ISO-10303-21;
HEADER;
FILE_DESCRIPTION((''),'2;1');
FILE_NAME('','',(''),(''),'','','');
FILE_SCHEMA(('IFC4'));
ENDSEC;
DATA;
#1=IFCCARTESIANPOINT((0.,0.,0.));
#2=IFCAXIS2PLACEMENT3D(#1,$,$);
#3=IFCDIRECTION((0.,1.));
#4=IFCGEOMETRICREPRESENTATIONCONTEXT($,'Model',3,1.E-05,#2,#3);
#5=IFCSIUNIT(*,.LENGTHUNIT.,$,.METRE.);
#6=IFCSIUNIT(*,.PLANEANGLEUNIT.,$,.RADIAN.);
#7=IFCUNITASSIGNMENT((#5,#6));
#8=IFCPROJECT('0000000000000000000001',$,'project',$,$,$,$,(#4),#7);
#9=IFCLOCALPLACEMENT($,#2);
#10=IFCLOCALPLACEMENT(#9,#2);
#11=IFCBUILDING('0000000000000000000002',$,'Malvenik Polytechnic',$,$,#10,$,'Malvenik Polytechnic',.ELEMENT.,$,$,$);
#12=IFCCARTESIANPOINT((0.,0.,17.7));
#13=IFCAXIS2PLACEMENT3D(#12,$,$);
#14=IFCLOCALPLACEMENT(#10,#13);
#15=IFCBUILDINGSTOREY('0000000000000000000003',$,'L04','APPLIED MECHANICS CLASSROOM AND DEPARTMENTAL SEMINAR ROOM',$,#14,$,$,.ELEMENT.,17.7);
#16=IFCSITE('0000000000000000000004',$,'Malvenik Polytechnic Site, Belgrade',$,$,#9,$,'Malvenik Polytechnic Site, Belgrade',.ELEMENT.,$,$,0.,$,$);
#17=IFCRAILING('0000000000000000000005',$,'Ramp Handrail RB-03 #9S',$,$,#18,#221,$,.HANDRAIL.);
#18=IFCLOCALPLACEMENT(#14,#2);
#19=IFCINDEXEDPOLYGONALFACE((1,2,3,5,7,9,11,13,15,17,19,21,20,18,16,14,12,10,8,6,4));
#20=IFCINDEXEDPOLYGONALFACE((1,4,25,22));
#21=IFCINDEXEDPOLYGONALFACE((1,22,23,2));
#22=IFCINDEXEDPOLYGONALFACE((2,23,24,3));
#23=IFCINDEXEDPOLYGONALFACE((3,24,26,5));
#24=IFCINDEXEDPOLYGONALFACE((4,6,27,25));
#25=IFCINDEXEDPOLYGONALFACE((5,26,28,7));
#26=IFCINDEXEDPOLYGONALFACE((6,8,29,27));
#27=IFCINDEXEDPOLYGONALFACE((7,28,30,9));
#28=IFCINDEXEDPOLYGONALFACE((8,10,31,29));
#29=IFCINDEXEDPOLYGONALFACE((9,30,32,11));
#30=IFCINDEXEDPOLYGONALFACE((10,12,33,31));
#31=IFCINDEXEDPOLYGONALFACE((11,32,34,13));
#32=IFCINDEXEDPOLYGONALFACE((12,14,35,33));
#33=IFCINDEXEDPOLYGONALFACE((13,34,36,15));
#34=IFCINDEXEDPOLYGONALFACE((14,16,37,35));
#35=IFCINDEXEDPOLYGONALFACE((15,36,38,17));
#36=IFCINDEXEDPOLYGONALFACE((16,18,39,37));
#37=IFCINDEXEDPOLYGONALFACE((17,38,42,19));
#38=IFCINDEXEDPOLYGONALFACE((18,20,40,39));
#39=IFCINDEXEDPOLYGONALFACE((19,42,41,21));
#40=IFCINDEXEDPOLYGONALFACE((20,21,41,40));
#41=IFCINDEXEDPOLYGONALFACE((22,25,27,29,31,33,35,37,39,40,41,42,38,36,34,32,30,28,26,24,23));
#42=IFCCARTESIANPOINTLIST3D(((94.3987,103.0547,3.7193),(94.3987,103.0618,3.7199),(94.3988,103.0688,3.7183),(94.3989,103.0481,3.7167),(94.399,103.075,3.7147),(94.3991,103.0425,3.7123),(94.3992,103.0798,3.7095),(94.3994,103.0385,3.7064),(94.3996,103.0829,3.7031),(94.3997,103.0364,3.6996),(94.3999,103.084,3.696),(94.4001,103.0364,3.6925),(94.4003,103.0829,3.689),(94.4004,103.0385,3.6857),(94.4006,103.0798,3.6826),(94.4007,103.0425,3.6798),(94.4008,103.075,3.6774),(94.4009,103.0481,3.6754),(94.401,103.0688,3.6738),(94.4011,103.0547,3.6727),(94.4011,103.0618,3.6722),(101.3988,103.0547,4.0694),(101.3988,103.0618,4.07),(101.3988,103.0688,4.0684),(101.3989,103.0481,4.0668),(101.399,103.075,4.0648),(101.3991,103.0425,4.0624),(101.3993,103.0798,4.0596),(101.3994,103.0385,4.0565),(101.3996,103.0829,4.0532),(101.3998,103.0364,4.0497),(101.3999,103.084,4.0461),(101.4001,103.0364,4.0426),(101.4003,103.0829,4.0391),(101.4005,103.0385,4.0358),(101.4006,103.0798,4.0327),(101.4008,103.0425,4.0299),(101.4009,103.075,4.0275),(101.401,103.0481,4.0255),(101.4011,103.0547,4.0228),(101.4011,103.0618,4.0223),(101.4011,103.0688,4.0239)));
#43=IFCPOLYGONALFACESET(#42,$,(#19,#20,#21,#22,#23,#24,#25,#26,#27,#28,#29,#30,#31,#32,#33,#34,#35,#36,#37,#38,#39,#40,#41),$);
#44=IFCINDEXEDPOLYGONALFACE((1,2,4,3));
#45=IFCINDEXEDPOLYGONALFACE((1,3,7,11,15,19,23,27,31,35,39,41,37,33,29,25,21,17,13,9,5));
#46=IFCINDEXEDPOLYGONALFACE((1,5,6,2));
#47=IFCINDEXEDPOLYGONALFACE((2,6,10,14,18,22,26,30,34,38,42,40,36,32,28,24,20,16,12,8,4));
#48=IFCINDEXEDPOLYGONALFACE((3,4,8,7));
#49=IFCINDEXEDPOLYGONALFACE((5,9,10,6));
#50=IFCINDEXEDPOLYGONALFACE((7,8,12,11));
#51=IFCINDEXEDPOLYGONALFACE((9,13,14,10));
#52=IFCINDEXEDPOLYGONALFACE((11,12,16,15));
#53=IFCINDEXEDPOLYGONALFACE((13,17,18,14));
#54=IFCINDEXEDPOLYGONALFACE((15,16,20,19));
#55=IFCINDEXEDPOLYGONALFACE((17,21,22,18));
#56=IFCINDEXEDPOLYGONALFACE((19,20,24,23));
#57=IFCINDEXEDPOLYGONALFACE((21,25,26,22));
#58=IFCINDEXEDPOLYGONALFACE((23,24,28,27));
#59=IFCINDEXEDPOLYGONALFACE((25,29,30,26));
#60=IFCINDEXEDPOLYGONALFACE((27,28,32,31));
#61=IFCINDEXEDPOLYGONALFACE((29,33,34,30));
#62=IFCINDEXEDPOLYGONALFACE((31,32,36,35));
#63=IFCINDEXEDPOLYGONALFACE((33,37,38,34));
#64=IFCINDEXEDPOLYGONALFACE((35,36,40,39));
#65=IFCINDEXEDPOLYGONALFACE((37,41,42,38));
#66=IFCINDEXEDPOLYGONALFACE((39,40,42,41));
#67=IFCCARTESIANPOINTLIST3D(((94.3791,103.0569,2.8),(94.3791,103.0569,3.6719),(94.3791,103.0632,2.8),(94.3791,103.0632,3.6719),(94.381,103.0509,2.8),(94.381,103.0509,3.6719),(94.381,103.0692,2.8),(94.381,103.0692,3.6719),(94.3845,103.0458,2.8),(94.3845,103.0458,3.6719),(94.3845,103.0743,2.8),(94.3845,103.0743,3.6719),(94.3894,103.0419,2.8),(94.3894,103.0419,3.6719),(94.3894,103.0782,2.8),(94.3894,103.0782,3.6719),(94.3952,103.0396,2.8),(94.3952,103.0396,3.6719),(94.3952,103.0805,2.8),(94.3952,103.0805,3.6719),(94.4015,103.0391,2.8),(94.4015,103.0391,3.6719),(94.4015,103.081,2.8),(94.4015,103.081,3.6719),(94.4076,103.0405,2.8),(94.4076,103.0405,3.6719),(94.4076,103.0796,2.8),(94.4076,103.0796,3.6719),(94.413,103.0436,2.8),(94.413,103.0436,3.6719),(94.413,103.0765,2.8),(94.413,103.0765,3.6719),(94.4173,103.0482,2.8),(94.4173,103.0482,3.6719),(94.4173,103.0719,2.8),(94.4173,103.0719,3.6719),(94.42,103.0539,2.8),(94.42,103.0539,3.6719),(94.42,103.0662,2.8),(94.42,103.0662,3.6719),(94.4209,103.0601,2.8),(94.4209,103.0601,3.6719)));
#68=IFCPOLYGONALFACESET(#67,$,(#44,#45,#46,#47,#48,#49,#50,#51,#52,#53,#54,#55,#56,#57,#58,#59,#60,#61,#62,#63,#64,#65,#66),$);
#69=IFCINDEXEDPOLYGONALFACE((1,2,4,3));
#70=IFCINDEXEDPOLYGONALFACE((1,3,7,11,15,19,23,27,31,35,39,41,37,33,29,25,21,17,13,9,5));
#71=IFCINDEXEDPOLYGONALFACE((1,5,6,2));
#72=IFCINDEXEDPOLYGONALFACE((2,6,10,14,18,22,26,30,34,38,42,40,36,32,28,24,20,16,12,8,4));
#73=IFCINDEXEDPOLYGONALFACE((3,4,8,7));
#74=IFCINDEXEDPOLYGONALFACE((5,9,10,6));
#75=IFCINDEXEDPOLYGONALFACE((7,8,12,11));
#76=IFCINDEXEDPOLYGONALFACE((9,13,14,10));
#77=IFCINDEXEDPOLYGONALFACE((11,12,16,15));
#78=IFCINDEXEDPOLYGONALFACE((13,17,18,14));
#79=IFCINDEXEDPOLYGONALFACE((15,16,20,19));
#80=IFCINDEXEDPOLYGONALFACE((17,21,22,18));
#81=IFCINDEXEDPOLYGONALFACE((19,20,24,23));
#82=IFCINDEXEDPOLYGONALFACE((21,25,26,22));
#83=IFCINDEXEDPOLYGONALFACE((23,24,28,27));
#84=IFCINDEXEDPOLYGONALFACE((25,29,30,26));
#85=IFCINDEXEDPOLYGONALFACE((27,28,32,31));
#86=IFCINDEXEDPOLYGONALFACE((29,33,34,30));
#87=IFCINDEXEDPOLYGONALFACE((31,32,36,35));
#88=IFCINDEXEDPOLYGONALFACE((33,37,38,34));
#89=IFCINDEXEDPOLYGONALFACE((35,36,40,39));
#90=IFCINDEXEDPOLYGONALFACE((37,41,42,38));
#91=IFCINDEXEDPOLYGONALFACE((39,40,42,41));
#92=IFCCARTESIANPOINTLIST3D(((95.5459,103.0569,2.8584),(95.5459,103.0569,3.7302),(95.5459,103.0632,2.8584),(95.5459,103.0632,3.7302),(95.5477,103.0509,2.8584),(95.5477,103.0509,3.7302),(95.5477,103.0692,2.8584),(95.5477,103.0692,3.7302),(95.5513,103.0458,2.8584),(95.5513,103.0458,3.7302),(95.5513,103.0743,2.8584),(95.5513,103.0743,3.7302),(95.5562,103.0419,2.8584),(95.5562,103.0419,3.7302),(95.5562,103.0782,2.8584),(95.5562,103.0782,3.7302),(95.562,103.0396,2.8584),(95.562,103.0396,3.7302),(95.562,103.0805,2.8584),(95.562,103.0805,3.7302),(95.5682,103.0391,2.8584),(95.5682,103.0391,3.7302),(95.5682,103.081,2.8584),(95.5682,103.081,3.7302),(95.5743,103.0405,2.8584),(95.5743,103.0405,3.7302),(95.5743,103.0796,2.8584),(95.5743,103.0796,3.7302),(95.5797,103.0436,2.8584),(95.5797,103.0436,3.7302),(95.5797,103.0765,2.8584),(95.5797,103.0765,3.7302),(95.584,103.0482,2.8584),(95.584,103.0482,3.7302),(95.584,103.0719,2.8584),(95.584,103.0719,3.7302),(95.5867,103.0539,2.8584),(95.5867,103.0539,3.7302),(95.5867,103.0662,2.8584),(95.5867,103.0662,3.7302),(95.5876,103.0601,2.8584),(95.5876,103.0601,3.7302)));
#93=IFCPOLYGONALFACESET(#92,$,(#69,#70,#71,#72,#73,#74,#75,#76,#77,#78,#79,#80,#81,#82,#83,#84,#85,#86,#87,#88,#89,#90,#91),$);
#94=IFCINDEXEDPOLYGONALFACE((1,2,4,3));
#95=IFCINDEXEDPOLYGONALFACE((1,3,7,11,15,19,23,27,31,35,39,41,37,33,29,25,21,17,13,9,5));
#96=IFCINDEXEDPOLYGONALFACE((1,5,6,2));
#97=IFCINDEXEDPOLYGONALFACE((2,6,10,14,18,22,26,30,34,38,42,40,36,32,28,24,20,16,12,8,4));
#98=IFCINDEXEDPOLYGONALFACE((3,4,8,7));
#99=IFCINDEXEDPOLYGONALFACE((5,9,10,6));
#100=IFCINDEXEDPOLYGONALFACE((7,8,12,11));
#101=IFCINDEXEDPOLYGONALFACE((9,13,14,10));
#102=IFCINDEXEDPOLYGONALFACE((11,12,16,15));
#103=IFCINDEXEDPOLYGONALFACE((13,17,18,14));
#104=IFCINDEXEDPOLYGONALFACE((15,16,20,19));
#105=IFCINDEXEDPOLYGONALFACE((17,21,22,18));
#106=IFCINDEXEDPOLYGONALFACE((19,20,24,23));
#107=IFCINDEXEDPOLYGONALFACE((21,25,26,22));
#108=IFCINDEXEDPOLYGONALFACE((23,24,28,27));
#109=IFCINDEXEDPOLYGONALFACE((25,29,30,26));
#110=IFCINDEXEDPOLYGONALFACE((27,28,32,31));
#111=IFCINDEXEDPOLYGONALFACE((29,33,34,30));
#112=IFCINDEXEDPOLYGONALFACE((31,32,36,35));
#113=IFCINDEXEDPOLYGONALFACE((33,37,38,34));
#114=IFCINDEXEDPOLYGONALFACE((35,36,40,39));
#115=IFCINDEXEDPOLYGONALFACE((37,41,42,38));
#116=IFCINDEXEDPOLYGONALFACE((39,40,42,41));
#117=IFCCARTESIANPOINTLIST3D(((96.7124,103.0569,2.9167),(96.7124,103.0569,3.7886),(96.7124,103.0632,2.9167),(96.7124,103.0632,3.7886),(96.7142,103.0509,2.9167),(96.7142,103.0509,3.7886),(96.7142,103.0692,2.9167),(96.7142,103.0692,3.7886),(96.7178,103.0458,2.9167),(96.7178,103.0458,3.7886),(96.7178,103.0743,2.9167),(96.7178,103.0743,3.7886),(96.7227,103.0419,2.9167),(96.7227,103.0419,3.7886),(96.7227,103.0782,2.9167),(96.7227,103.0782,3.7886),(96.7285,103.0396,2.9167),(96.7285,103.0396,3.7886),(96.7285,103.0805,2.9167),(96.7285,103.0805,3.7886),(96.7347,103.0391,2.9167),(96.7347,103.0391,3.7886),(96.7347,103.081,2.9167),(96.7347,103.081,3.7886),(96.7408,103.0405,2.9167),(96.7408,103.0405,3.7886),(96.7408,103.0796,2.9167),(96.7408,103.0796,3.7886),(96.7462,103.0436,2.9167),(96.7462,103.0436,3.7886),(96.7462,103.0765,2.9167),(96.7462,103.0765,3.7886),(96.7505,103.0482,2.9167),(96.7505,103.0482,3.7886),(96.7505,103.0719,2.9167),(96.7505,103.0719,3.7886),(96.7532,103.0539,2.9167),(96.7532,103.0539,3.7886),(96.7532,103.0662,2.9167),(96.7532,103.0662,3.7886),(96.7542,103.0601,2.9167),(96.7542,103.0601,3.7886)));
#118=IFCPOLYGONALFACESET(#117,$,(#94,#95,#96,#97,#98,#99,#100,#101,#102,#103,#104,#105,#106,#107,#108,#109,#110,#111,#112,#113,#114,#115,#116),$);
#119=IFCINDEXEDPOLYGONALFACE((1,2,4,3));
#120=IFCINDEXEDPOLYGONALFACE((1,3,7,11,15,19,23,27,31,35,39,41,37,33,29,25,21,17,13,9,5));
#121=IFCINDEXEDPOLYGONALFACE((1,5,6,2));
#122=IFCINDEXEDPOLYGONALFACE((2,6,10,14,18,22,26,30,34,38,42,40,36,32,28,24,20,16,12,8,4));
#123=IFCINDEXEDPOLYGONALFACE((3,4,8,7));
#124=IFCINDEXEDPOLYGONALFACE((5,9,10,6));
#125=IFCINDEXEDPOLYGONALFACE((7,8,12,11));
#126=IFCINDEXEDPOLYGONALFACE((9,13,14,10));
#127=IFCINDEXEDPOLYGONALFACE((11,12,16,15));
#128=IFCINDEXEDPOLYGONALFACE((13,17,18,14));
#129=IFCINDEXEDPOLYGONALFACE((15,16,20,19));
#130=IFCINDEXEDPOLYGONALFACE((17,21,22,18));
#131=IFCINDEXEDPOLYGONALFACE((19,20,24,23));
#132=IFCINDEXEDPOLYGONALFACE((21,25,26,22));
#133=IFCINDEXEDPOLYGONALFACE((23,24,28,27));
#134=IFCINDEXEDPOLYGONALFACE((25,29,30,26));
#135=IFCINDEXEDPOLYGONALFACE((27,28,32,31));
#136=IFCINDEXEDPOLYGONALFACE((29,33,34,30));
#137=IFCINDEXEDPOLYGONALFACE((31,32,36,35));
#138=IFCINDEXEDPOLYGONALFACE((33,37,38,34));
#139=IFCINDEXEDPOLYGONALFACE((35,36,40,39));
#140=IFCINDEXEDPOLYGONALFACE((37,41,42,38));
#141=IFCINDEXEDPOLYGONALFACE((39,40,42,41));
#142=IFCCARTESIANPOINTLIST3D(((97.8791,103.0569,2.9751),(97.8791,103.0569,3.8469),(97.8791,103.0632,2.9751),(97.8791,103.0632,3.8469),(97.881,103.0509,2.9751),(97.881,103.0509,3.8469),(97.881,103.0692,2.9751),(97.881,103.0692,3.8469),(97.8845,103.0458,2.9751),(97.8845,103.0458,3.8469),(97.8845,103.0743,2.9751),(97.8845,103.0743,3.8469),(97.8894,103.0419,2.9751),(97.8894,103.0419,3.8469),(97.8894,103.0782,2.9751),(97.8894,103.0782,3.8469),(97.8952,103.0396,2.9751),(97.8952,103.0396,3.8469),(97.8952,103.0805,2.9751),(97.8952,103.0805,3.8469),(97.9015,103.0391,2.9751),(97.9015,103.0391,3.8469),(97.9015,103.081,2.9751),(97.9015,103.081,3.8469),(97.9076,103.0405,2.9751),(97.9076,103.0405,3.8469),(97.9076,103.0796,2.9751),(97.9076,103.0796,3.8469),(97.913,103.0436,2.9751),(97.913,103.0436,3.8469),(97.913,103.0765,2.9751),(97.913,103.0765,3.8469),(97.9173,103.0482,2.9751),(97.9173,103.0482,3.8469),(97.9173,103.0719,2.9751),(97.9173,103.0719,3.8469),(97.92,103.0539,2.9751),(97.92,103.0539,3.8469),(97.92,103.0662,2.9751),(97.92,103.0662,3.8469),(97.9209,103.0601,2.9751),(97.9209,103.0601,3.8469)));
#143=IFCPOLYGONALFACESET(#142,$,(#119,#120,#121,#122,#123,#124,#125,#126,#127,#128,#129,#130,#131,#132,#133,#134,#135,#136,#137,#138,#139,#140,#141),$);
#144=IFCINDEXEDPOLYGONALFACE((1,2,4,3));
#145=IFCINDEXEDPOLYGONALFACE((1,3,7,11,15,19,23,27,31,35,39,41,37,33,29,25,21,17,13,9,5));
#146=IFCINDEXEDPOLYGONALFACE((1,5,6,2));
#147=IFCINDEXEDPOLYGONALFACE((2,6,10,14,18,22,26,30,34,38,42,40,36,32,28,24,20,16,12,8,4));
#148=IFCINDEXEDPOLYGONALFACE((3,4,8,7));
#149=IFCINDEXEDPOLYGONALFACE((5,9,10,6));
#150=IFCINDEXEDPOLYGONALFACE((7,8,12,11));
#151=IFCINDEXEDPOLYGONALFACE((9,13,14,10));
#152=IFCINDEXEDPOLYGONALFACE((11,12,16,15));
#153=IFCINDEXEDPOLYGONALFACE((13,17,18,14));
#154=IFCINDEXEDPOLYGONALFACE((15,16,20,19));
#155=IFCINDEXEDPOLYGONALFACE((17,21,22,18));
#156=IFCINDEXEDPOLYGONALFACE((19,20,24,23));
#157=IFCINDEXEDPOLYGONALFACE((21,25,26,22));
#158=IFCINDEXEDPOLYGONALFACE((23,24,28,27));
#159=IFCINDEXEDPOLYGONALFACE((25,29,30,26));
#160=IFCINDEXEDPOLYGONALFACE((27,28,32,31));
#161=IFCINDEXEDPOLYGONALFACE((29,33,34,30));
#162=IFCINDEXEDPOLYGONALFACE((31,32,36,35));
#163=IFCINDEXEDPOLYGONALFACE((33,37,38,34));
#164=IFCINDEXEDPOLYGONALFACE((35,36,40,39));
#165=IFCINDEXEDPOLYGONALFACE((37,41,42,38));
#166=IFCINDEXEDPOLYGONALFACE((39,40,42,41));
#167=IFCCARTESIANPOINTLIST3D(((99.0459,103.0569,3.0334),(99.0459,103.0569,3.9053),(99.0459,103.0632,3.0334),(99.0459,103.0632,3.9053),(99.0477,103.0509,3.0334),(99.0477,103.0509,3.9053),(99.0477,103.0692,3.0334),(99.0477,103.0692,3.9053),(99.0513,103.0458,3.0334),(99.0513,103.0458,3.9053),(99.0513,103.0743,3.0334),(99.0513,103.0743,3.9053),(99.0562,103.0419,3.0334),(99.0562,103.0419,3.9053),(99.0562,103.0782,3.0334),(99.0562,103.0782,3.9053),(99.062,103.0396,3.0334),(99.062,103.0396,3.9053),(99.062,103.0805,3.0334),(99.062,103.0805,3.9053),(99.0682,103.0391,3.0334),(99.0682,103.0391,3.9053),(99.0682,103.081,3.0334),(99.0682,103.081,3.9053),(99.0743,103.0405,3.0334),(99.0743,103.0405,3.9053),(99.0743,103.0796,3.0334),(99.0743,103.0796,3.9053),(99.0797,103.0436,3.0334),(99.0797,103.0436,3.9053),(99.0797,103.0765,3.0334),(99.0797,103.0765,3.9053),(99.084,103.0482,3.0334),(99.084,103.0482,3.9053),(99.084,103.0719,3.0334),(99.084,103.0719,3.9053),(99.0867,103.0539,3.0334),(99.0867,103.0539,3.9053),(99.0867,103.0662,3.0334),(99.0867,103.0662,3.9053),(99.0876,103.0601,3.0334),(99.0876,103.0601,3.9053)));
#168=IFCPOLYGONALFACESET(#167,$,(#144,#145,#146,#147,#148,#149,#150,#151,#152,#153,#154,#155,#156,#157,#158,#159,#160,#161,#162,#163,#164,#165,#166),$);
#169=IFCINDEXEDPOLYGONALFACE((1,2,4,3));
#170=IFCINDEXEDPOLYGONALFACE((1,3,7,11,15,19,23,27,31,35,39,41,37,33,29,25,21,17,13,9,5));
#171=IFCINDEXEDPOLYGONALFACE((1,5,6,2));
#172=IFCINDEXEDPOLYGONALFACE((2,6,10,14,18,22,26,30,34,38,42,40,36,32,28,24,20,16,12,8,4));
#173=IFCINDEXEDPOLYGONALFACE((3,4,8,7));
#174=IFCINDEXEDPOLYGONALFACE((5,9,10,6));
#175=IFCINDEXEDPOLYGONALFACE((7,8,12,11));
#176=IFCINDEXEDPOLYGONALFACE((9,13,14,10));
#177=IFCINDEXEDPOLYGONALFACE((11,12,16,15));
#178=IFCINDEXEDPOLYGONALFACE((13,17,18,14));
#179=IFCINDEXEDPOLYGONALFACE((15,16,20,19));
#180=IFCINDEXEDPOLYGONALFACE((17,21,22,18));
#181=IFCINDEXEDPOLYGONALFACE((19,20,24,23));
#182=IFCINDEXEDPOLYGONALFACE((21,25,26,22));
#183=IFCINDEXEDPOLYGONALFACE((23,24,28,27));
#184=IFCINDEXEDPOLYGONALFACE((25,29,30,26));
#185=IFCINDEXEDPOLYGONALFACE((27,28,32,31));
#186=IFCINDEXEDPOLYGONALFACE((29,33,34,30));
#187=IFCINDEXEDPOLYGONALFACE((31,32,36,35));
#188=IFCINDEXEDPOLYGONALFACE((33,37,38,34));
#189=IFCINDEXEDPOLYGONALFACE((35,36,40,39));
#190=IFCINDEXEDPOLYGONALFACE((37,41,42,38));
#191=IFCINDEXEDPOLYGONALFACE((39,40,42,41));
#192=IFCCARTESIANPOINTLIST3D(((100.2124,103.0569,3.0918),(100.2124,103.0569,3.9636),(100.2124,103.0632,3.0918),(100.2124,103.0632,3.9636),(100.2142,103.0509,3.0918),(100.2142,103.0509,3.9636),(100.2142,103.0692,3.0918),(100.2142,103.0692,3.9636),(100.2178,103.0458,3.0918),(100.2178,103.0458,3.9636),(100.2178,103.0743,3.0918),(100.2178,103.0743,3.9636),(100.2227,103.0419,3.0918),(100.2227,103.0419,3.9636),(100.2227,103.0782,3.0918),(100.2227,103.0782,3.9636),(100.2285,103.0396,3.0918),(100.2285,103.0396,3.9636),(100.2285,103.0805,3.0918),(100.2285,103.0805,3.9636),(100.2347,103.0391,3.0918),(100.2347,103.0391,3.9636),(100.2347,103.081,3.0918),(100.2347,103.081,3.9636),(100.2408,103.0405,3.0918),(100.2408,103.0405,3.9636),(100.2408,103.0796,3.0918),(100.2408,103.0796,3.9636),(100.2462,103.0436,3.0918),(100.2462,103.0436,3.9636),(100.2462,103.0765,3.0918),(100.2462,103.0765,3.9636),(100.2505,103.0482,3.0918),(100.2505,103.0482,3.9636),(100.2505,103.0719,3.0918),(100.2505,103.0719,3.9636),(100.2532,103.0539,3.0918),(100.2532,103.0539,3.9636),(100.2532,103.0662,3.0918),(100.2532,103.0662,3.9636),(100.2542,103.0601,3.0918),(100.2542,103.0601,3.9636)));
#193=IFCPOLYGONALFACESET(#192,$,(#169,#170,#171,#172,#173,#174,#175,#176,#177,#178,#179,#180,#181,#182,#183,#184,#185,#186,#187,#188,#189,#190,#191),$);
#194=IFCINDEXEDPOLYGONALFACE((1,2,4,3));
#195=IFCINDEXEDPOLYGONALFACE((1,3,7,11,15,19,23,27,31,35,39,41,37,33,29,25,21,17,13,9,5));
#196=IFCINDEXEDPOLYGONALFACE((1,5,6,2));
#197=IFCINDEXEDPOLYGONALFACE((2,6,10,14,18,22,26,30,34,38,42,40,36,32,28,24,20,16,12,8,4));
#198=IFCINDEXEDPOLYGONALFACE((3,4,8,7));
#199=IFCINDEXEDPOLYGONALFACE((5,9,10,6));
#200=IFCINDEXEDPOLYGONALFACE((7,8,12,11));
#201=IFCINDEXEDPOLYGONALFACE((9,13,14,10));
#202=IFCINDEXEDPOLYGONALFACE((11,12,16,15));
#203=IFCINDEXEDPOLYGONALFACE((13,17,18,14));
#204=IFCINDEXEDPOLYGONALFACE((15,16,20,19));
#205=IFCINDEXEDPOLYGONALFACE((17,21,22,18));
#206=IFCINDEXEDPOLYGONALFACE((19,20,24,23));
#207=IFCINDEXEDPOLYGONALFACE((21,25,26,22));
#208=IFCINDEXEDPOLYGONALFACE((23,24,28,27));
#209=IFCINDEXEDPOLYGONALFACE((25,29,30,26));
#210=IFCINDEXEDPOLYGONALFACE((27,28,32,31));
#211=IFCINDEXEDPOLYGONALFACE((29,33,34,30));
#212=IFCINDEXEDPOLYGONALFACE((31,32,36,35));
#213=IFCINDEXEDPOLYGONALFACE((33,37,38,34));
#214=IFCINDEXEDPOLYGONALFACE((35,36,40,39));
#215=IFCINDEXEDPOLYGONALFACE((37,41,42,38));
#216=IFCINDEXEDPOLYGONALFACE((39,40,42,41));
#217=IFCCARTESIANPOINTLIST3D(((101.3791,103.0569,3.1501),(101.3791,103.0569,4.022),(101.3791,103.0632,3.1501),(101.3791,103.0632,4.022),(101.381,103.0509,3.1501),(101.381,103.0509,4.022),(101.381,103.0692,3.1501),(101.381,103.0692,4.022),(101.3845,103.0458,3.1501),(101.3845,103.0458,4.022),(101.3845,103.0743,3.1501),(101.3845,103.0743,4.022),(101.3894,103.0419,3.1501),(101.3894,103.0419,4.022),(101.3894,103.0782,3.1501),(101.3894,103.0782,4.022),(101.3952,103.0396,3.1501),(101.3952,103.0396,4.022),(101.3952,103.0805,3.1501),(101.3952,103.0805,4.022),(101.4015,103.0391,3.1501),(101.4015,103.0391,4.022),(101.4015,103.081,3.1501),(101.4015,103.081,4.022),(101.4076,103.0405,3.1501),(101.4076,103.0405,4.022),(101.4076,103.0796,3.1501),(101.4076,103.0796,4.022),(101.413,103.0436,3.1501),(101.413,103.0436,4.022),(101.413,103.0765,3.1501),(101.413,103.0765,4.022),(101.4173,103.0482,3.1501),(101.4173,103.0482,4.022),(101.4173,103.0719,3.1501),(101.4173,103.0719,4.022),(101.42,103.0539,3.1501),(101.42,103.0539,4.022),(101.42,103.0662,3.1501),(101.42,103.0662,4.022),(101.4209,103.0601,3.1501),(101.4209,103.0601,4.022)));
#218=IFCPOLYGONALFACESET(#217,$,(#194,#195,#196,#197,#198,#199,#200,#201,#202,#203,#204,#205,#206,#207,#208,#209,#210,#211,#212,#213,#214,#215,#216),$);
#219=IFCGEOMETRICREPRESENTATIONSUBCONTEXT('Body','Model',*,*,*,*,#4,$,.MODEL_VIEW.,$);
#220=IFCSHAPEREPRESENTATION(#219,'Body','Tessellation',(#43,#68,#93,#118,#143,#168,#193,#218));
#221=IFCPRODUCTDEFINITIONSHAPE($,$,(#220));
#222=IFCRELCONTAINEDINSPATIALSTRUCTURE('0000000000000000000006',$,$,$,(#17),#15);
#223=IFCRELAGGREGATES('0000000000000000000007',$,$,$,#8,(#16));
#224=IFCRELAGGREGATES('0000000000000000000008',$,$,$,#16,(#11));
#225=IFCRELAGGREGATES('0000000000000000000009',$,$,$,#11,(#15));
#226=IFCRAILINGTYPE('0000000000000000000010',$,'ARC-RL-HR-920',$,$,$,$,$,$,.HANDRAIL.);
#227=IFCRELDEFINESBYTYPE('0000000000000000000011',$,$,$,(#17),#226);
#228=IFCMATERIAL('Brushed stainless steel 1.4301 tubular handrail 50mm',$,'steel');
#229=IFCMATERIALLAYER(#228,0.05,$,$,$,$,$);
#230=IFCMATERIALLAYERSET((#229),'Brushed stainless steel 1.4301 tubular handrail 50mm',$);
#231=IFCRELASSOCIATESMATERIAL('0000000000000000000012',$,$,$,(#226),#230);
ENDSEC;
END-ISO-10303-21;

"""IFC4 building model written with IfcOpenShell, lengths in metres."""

from ifc_helpers import new_model, si_unit, direction, frame, origin, origin_2d, place, context, subcontext, project, spatial, circle, extrude, material, layer, layer_set, type_object, element, save


model = new_model("IFC4")

# Units and contexts
model_context = context("Model", 3, precision=1e-05, world=origin(), true_north=direction((0.0, 1.0)))
body_context = subcontext(model_context, "Body", "Model", "MODEL_VIEW")
ifc_project = project(units=[si_unit("LENGTHUNIT", "METRE"), si_unit("PLANEANGLEUNIT", "RADIAN")], contexts=[model_context])

# Site, building, storey
site_placement = place(None, origin())
site = spatial("IfcSite", under=ifc_project, at=site_placement, Name="Malvenik Polytechnic Site, Belgrade", LongName="Malvenik Polytechnic Site, Belgrade", CompositionType="ELEMENT", RefElevation=0.0)
building_placement = place(site_placement, origin())
building = spatial("IfcBuilding", under=site, at=building_placement, Name="Malvenik Polytechnic", LongName="Malvenik Polytechnic", CompositionType="ELEMENT")
storey_placement = place(building_placement, frame((0.0, 0.0, 17.7)))
storey = spatial("IfcBuildingStorey", under=building, at=storey_placement, Name="L04", Description="APPLIED MECHANICS CLASSROOM AND DEPARTMENTAL SEMINAR ROOM", CompositionType="ELEMENT", Elevation=17.7)

# Railing
ifc_material_1 = material(Name="Brushed stainless steel 1.4301 tubular handrail 50mm", Category="steel")
ifc_layer_1 = layer(ifc_material_1, 0.05)
ifc_layer_set_1 = layer_set([ifc_layer_1], Name="Brushed stainless steel 1.4301 tubular handrail 50mm")
railing_type_1 = type_object("IfcRailingType", Name="ARC-RL-HR-920", PredefinedType="HANDRAIL", material=ifc_layer_set_1)
railing_1_placement = place(storey_placement, frame((94.3999, 103.0601, 2.8)))
element("IfcRailing", 1, at=railing_1_placement, inside=storey, type_object=railing_type_1, Name="Ramp Handrail RB-03 #9S", PredefinedType="HANDRAIL", context=body_context, shape_type="SweptSolid", body=[
    extrude(circle(Radius=0.0239, at=origin_2d()), frame((0.0, 0.0, 0.896), z_axis=(0.998752, 0.0, 0.049952), x_axis=(0.0, 1.0, 0.0)), (0.0, 0.0, 1.0), 7.0088),
    extrude(circle(Radius=0.021, at=origin_2d()), origin(), (0.0, 0.0, 1.0), 0.8718),
    extrude(circle(Radius=0.021, at=origin_2d()), frame((1.1667, 0.0, 0.0583)), (0.0, 0.0, 1.0), 0.8718),
    extrude(circle(Radius=0.021, at=origin_2d()), frame((2.3333, 0.0, 0.1167)), (0.0, 0.0, 1.0), 0.8718),
    extrude(circle(Radius=0.021, at=origin_2d()), frame((3.5, 0.0, 0.175)), (0.0, 0.0, 1.0), 0.8718),
    extrude(circle(Radius=0.021, at=origin_2d()), frame((4.6667, 0.0, 0.2334)), (0.0, 0.0, 1.0), 0.8718),
    extrude(circle(Radius=0.021, at=origin_2d()), frame((5.8333, 0.0, 0.2917)), (0.0, 0.0, 1.0), 0.8718),
    extrude(circle(Radius=0.021, at=origin_2d()), frame((7.0, 0.0, 0.3501)), (0.0, 0.0, 1.0), 0.8718),
])

save(model, "model.ifc")
